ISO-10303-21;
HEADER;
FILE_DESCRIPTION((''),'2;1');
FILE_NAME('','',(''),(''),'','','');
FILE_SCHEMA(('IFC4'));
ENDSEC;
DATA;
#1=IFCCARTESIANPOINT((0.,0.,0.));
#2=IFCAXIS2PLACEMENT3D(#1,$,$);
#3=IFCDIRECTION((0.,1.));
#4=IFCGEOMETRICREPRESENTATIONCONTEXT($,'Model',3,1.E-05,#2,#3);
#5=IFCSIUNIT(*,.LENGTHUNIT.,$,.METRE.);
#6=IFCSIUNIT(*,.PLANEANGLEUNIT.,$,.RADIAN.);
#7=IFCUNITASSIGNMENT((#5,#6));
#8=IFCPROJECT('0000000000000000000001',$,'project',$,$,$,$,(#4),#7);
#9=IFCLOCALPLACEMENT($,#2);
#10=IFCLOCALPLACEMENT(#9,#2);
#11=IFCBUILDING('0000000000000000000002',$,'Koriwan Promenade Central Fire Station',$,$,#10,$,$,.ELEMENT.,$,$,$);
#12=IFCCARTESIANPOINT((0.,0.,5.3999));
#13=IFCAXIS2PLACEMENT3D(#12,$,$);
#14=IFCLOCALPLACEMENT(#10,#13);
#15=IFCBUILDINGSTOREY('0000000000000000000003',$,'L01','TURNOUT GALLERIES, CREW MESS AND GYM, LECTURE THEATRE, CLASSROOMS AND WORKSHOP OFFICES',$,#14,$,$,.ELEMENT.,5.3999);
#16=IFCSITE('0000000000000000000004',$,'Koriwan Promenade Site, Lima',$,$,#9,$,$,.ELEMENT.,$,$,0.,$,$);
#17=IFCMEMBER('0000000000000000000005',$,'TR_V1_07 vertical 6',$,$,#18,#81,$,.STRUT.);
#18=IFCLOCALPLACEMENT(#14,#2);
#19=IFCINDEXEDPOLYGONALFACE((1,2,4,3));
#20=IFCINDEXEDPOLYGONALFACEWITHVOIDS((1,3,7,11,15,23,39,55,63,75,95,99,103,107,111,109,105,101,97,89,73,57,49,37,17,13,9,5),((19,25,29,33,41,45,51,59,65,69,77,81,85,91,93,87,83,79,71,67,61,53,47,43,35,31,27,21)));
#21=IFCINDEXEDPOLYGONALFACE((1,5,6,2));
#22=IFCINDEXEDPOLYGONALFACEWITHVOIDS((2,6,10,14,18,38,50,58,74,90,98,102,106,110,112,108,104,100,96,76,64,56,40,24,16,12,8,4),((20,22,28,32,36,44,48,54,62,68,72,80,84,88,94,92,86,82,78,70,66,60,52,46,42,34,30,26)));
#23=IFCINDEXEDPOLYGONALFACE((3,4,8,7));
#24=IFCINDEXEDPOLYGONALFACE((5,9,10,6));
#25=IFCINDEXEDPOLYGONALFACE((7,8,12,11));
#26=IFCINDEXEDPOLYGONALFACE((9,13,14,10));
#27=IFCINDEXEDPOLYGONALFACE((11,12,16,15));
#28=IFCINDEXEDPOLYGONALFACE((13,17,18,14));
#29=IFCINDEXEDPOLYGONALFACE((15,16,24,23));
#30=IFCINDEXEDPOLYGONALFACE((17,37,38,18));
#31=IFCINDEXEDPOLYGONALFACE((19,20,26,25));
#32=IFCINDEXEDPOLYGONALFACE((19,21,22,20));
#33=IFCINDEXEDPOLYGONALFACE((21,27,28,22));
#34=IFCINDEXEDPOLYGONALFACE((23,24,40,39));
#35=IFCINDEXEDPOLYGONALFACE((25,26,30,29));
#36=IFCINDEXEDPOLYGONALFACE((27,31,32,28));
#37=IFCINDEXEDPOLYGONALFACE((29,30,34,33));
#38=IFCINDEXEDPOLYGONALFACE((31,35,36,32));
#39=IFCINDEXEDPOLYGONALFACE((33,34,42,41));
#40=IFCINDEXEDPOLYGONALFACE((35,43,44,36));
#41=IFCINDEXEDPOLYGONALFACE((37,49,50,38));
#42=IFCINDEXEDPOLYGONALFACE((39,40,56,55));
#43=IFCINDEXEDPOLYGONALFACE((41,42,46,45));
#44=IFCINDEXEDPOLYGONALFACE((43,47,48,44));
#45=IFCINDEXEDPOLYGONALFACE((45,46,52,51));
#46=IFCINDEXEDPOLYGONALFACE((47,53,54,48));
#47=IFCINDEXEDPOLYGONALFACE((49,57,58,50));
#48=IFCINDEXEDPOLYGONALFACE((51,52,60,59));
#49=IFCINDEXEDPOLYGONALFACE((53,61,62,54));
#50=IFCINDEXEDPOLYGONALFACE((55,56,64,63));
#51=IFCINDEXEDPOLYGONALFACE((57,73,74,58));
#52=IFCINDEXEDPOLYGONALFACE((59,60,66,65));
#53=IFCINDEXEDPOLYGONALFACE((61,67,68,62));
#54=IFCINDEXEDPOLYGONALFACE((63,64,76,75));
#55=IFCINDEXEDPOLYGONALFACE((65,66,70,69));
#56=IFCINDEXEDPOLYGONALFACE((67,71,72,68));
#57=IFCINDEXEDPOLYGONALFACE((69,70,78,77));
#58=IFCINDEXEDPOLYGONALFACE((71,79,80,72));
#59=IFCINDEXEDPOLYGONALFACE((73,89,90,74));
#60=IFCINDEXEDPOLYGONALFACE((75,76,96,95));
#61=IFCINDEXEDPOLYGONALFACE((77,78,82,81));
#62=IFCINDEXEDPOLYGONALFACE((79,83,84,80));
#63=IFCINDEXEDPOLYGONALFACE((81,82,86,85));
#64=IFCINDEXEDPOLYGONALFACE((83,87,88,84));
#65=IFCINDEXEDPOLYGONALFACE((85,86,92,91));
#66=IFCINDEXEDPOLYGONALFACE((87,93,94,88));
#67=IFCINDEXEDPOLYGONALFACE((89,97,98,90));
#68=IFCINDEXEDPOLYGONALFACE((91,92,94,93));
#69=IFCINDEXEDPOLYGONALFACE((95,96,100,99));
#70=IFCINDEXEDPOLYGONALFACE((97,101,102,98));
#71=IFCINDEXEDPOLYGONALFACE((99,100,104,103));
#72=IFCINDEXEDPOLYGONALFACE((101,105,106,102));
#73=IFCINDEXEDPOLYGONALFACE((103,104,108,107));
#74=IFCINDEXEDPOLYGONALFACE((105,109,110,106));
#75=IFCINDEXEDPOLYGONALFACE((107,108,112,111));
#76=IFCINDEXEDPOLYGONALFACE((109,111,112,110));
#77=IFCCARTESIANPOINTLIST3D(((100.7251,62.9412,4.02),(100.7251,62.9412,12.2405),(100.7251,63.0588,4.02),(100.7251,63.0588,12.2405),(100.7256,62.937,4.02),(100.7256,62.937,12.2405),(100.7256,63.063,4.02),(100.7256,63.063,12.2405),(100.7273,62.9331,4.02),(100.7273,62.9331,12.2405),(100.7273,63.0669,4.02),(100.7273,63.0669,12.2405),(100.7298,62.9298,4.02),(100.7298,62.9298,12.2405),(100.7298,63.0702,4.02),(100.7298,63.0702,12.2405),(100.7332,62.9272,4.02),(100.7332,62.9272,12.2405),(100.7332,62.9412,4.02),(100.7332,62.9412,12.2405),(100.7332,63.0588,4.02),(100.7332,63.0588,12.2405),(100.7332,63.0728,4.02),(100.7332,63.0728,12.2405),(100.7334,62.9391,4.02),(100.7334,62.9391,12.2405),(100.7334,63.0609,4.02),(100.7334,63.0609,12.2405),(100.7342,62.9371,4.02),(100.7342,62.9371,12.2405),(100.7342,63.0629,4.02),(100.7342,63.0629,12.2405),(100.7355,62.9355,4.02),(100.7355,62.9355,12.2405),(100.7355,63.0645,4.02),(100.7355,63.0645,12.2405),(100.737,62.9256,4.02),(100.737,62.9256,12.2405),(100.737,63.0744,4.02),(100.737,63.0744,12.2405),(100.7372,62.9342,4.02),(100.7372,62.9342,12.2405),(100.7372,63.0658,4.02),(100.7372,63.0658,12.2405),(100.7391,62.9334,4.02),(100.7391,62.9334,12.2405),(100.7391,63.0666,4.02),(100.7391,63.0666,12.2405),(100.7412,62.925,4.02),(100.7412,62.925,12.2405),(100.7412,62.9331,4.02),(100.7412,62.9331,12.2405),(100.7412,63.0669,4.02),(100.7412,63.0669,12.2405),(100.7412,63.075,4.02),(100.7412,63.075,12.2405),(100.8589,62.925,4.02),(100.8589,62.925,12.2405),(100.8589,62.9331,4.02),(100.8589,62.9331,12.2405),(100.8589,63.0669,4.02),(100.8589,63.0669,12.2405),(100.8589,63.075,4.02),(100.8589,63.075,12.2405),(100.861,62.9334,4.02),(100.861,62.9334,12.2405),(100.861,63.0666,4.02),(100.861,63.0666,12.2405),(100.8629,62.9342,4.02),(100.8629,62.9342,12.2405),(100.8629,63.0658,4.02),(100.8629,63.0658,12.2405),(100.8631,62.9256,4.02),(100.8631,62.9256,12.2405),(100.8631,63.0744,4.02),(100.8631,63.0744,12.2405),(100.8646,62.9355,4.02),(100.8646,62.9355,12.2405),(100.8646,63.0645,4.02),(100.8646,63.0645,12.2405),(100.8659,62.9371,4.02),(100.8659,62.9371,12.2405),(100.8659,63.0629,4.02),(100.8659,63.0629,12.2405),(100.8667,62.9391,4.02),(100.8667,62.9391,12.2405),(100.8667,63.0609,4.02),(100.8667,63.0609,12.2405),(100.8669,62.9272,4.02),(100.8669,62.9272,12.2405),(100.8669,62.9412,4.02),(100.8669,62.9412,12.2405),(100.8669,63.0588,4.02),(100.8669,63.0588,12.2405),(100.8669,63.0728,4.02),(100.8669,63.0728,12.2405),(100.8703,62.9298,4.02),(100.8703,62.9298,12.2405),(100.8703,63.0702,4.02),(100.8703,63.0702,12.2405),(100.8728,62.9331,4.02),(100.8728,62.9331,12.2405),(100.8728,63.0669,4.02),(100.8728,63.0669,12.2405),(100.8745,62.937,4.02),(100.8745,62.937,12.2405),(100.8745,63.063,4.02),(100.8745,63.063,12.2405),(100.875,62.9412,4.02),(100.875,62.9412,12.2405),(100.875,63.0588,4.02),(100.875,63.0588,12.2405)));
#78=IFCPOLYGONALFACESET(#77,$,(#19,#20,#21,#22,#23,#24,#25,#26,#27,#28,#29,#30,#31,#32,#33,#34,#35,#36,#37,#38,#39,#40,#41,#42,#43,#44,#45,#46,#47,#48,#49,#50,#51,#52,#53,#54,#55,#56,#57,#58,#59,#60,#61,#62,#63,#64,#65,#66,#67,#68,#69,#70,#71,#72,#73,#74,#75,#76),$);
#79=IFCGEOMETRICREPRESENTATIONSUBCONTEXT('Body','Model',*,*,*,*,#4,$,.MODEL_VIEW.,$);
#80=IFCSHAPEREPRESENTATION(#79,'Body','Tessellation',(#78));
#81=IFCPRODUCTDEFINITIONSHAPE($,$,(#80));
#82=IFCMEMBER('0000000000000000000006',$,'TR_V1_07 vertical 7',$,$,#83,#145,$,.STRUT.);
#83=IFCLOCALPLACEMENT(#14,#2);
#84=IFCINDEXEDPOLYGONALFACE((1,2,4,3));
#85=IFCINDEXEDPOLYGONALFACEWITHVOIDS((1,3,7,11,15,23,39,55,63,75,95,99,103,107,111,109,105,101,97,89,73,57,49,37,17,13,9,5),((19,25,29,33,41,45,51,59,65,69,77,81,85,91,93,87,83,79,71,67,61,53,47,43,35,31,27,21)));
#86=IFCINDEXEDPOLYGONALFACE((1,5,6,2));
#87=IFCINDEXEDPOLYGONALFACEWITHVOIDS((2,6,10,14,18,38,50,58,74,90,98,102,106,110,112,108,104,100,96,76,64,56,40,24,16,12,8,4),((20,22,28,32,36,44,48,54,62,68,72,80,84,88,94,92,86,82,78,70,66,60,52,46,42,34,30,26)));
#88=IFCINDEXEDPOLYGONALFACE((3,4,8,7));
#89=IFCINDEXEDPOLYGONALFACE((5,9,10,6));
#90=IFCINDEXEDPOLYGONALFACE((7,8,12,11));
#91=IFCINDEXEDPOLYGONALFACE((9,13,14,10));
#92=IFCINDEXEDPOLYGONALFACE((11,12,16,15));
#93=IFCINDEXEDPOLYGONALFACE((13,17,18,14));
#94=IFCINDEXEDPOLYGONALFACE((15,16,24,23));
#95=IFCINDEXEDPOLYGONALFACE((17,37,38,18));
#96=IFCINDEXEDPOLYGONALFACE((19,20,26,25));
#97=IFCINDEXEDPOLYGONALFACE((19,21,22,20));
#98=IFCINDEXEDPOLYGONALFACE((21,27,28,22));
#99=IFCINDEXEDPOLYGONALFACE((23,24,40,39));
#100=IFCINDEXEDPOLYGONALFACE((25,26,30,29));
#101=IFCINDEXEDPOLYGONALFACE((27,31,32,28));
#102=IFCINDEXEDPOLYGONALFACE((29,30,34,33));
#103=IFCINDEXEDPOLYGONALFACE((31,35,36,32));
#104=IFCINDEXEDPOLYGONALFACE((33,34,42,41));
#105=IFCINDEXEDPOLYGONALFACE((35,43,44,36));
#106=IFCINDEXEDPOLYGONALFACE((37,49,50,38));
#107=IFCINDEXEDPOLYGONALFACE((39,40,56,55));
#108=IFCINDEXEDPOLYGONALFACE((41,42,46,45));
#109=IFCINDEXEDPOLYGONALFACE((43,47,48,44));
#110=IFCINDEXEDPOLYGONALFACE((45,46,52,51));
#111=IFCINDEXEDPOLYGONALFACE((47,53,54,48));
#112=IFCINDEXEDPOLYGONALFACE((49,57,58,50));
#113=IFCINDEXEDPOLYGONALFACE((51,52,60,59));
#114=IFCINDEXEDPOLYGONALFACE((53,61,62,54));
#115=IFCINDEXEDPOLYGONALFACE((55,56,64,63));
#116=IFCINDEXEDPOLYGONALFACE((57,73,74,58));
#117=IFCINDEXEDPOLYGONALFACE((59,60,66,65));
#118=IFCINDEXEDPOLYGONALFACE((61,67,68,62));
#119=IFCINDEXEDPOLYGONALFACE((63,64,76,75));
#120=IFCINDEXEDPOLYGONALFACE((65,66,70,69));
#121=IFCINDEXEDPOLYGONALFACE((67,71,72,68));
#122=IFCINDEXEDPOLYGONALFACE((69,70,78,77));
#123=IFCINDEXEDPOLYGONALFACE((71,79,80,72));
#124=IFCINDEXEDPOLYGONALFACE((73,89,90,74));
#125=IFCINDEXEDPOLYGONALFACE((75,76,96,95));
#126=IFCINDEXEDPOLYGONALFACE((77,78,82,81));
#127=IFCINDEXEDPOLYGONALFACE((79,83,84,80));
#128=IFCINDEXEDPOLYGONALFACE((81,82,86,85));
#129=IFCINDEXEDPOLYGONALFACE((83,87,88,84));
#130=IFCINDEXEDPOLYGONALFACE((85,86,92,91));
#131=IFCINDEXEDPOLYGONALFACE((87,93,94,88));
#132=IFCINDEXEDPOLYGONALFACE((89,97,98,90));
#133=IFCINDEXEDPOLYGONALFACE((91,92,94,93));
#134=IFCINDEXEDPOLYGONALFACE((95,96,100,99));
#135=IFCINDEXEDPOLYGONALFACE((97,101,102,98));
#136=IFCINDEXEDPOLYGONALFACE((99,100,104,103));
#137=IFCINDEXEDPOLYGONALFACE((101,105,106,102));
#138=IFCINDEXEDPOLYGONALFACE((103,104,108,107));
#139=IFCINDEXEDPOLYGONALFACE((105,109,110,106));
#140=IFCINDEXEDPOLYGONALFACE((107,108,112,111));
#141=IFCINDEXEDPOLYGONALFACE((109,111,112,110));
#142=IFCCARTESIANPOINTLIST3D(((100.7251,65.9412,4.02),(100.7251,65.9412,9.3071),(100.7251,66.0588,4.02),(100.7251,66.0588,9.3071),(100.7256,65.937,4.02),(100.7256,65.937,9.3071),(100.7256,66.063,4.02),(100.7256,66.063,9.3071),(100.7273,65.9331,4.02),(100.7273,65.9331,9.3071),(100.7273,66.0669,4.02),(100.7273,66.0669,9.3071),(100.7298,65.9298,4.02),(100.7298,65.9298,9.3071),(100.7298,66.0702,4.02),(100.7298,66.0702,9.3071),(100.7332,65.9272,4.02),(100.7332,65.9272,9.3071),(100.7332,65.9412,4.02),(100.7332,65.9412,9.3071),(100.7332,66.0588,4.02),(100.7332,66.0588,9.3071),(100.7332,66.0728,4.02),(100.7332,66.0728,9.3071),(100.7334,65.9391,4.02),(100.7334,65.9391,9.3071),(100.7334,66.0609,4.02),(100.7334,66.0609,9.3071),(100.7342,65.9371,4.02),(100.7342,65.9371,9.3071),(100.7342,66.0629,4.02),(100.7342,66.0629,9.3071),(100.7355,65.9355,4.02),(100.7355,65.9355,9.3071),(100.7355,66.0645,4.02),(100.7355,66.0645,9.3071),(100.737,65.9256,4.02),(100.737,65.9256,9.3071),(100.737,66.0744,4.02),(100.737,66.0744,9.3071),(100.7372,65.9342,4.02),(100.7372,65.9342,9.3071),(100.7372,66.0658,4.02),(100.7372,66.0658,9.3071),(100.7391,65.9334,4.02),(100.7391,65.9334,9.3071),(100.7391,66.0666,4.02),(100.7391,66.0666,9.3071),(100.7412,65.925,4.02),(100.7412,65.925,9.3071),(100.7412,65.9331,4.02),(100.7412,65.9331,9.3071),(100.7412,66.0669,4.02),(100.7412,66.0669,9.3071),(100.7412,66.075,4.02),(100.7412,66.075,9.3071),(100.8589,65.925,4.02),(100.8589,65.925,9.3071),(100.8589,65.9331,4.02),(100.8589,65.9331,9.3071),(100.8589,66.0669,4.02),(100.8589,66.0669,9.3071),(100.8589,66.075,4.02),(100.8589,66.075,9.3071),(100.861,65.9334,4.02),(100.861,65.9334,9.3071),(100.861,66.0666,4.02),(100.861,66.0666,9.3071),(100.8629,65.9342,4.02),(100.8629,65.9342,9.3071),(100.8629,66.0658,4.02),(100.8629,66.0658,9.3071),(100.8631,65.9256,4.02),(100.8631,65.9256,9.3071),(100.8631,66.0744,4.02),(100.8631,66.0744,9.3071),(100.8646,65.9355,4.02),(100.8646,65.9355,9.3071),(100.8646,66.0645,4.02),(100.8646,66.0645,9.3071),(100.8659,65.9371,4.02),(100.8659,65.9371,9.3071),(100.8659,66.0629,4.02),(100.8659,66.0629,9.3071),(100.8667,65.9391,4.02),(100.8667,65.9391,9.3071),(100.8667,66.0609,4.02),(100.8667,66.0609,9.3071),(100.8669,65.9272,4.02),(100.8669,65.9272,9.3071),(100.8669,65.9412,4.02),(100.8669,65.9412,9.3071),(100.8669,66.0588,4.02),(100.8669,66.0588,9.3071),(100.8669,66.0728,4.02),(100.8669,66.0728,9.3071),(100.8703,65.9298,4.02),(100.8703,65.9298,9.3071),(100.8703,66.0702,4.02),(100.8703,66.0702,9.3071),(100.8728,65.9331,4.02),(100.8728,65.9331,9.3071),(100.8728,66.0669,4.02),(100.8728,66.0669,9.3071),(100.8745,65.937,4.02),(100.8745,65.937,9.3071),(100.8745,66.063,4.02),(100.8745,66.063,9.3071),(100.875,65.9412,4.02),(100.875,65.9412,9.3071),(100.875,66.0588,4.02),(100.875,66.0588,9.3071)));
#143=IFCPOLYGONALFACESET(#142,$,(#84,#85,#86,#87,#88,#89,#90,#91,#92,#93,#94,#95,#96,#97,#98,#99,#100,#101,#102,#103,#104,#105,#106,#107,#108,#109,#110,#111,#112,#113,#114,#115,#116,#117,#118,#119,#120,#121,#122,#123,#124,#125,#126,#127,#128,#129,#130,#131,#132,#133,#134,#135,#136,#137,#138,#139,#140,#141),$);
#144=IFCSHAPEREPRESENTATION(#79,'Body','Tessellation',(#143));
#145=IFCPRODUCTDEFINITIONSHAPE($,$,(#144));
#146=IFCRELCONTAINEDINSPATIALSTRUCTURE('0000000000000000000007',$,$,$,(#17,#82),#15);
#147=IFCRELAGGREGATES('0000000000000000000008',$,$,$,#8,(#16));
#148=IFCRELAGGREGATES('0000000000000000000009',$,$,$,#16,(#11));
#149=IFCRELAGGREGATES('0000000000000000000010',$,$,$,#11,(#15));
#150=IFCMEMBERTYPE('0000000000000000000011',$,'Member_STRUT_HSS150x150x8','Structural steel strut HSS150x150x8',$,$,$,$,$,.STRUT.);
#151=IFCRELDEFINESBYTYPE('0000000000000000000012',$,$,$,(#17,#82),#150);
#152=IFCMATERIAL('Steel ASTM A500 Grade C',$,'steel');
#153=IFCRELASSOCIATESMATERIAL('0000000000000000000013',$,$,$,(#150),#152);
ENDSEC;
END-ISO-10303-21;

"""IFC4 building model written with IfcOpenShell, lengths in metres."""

from ifc_helpers import new_model, si_unit, direction, frame, origin, origin_2d, place, context, subcontext, project, spatial, hollow_rectangle, extrude, material, material_profile, profile_set, type_object, element, save


model = new_model("IFC4")

# Units and contexts
model_context = context("Model", 3, precision=1e-05, world=origin(), true_north=direction((0.0, 1.0)))
body_context = subcontext(model_context, "Body", "Model", "MODEL_VIEW")
ifc_project = project(units=[si_unit("LENGTHUNIT", "METRE"), si_unit("PLANEANGLEUNIT", "RADIAN")], contexts=[model_context])

# Site, building, storey
site_placement = place(None, origin())
site = spatial("IfcSite", under=ifc_project, at=site_placement, Name="Koriwan Promenade Site, Lima", CompositionType="ELEMENT", RefElevation=0.0)
building_placement = place(site_placement, origin())
building = spatial("IfcBuilding", under=site, at=building_placement, Name="Koriwan Promenade Central Fire Station", CompositionType="ELEMENT")
storey_placement = place(building_placement, frame((0.0, 0.0, 5.3999)))
storey = spatial("IfcBuildingStorey", under=building, at=storey_placement, Name="L01", Description="TURNOUT GALLERIES, CREW MESS AND GYM, LECTURE THEATRE, CLASSROOMS AND WORKSHOP OFFICES", CompositionType="ELEMENT", Elevation=5.3999)

# Members
ifc_material_1 = material(Name="Steel ASTM A500 Grade C", Category="steel")
ifc_material_profile_1 = material_profile(ifc_material_1, hollow_rectangle(XDim=0.1499, YDim=0.1499, WallThickness=0.0081, InnerFilletRadius=0.0081, OuterFilletRadius=0.0161, at=origin_2d()), Name="HSS150x150x8")
ifc_profile_set_1 = profile_set([ifc_material_profile_1], Name="Steel ASTM A500 Grade C")
member_type_1 = type_object("IfcMemberType", Name="Member_STRUT_HSS150x150x8", Description="Structural steel strut HSS150x150x8", PredefinedType="STRUT", material=ifc_profile_set_1)
member_1_placement = place(storey_placement, frame((100.8, 63.0, 4.02), z_axis=(0.0, 0.0, 1.0), x_axis=(1.0, 0.0, 0.0)))
element("IfcMember", 1, at=member_1_placement, inside=storey, type_object=member_type_1, Name="TR_V1_07 vertical 6", PredefinedType="STRUT", context=body_context, shape_type="SweptSolid", body=[
    extrude(hollow_rectangle(XDim=0.1499, YDim=0.1499, WallThickness=0.0081, InnerFilletRadius=0.0081, OuterFilletRadius=0.0161, at=origin_2d()), origin(), (0.0, 0.0, 1.0), 8.2205),
])
member_2_placement = place(storey_placement, frame((100.8, 66.0, 4.02), z_axis=(0.0, 0.0, 1.0), x_axis=(1.0, 0.0, 0.0)))
element("IfcMember", 2, at=member_2_placement, inside=storey, type_object=member_type_1, Name="TR_V1_07 vertical 7", PredefinedType="STRUT", context=body_context, shape_type="SweptSolid", body=[
    extrude(hollow_rectangle(XDim=0.1499, YDim=0.1499, WallThickness=0.0081, InnerFilletRadius=0.0081, OuterFilletRadius=0.0161, at=origin_2d()), origin(), (0.0, 0.0, 1.0), 5.2871),
])

save(model, "model.ifc")
